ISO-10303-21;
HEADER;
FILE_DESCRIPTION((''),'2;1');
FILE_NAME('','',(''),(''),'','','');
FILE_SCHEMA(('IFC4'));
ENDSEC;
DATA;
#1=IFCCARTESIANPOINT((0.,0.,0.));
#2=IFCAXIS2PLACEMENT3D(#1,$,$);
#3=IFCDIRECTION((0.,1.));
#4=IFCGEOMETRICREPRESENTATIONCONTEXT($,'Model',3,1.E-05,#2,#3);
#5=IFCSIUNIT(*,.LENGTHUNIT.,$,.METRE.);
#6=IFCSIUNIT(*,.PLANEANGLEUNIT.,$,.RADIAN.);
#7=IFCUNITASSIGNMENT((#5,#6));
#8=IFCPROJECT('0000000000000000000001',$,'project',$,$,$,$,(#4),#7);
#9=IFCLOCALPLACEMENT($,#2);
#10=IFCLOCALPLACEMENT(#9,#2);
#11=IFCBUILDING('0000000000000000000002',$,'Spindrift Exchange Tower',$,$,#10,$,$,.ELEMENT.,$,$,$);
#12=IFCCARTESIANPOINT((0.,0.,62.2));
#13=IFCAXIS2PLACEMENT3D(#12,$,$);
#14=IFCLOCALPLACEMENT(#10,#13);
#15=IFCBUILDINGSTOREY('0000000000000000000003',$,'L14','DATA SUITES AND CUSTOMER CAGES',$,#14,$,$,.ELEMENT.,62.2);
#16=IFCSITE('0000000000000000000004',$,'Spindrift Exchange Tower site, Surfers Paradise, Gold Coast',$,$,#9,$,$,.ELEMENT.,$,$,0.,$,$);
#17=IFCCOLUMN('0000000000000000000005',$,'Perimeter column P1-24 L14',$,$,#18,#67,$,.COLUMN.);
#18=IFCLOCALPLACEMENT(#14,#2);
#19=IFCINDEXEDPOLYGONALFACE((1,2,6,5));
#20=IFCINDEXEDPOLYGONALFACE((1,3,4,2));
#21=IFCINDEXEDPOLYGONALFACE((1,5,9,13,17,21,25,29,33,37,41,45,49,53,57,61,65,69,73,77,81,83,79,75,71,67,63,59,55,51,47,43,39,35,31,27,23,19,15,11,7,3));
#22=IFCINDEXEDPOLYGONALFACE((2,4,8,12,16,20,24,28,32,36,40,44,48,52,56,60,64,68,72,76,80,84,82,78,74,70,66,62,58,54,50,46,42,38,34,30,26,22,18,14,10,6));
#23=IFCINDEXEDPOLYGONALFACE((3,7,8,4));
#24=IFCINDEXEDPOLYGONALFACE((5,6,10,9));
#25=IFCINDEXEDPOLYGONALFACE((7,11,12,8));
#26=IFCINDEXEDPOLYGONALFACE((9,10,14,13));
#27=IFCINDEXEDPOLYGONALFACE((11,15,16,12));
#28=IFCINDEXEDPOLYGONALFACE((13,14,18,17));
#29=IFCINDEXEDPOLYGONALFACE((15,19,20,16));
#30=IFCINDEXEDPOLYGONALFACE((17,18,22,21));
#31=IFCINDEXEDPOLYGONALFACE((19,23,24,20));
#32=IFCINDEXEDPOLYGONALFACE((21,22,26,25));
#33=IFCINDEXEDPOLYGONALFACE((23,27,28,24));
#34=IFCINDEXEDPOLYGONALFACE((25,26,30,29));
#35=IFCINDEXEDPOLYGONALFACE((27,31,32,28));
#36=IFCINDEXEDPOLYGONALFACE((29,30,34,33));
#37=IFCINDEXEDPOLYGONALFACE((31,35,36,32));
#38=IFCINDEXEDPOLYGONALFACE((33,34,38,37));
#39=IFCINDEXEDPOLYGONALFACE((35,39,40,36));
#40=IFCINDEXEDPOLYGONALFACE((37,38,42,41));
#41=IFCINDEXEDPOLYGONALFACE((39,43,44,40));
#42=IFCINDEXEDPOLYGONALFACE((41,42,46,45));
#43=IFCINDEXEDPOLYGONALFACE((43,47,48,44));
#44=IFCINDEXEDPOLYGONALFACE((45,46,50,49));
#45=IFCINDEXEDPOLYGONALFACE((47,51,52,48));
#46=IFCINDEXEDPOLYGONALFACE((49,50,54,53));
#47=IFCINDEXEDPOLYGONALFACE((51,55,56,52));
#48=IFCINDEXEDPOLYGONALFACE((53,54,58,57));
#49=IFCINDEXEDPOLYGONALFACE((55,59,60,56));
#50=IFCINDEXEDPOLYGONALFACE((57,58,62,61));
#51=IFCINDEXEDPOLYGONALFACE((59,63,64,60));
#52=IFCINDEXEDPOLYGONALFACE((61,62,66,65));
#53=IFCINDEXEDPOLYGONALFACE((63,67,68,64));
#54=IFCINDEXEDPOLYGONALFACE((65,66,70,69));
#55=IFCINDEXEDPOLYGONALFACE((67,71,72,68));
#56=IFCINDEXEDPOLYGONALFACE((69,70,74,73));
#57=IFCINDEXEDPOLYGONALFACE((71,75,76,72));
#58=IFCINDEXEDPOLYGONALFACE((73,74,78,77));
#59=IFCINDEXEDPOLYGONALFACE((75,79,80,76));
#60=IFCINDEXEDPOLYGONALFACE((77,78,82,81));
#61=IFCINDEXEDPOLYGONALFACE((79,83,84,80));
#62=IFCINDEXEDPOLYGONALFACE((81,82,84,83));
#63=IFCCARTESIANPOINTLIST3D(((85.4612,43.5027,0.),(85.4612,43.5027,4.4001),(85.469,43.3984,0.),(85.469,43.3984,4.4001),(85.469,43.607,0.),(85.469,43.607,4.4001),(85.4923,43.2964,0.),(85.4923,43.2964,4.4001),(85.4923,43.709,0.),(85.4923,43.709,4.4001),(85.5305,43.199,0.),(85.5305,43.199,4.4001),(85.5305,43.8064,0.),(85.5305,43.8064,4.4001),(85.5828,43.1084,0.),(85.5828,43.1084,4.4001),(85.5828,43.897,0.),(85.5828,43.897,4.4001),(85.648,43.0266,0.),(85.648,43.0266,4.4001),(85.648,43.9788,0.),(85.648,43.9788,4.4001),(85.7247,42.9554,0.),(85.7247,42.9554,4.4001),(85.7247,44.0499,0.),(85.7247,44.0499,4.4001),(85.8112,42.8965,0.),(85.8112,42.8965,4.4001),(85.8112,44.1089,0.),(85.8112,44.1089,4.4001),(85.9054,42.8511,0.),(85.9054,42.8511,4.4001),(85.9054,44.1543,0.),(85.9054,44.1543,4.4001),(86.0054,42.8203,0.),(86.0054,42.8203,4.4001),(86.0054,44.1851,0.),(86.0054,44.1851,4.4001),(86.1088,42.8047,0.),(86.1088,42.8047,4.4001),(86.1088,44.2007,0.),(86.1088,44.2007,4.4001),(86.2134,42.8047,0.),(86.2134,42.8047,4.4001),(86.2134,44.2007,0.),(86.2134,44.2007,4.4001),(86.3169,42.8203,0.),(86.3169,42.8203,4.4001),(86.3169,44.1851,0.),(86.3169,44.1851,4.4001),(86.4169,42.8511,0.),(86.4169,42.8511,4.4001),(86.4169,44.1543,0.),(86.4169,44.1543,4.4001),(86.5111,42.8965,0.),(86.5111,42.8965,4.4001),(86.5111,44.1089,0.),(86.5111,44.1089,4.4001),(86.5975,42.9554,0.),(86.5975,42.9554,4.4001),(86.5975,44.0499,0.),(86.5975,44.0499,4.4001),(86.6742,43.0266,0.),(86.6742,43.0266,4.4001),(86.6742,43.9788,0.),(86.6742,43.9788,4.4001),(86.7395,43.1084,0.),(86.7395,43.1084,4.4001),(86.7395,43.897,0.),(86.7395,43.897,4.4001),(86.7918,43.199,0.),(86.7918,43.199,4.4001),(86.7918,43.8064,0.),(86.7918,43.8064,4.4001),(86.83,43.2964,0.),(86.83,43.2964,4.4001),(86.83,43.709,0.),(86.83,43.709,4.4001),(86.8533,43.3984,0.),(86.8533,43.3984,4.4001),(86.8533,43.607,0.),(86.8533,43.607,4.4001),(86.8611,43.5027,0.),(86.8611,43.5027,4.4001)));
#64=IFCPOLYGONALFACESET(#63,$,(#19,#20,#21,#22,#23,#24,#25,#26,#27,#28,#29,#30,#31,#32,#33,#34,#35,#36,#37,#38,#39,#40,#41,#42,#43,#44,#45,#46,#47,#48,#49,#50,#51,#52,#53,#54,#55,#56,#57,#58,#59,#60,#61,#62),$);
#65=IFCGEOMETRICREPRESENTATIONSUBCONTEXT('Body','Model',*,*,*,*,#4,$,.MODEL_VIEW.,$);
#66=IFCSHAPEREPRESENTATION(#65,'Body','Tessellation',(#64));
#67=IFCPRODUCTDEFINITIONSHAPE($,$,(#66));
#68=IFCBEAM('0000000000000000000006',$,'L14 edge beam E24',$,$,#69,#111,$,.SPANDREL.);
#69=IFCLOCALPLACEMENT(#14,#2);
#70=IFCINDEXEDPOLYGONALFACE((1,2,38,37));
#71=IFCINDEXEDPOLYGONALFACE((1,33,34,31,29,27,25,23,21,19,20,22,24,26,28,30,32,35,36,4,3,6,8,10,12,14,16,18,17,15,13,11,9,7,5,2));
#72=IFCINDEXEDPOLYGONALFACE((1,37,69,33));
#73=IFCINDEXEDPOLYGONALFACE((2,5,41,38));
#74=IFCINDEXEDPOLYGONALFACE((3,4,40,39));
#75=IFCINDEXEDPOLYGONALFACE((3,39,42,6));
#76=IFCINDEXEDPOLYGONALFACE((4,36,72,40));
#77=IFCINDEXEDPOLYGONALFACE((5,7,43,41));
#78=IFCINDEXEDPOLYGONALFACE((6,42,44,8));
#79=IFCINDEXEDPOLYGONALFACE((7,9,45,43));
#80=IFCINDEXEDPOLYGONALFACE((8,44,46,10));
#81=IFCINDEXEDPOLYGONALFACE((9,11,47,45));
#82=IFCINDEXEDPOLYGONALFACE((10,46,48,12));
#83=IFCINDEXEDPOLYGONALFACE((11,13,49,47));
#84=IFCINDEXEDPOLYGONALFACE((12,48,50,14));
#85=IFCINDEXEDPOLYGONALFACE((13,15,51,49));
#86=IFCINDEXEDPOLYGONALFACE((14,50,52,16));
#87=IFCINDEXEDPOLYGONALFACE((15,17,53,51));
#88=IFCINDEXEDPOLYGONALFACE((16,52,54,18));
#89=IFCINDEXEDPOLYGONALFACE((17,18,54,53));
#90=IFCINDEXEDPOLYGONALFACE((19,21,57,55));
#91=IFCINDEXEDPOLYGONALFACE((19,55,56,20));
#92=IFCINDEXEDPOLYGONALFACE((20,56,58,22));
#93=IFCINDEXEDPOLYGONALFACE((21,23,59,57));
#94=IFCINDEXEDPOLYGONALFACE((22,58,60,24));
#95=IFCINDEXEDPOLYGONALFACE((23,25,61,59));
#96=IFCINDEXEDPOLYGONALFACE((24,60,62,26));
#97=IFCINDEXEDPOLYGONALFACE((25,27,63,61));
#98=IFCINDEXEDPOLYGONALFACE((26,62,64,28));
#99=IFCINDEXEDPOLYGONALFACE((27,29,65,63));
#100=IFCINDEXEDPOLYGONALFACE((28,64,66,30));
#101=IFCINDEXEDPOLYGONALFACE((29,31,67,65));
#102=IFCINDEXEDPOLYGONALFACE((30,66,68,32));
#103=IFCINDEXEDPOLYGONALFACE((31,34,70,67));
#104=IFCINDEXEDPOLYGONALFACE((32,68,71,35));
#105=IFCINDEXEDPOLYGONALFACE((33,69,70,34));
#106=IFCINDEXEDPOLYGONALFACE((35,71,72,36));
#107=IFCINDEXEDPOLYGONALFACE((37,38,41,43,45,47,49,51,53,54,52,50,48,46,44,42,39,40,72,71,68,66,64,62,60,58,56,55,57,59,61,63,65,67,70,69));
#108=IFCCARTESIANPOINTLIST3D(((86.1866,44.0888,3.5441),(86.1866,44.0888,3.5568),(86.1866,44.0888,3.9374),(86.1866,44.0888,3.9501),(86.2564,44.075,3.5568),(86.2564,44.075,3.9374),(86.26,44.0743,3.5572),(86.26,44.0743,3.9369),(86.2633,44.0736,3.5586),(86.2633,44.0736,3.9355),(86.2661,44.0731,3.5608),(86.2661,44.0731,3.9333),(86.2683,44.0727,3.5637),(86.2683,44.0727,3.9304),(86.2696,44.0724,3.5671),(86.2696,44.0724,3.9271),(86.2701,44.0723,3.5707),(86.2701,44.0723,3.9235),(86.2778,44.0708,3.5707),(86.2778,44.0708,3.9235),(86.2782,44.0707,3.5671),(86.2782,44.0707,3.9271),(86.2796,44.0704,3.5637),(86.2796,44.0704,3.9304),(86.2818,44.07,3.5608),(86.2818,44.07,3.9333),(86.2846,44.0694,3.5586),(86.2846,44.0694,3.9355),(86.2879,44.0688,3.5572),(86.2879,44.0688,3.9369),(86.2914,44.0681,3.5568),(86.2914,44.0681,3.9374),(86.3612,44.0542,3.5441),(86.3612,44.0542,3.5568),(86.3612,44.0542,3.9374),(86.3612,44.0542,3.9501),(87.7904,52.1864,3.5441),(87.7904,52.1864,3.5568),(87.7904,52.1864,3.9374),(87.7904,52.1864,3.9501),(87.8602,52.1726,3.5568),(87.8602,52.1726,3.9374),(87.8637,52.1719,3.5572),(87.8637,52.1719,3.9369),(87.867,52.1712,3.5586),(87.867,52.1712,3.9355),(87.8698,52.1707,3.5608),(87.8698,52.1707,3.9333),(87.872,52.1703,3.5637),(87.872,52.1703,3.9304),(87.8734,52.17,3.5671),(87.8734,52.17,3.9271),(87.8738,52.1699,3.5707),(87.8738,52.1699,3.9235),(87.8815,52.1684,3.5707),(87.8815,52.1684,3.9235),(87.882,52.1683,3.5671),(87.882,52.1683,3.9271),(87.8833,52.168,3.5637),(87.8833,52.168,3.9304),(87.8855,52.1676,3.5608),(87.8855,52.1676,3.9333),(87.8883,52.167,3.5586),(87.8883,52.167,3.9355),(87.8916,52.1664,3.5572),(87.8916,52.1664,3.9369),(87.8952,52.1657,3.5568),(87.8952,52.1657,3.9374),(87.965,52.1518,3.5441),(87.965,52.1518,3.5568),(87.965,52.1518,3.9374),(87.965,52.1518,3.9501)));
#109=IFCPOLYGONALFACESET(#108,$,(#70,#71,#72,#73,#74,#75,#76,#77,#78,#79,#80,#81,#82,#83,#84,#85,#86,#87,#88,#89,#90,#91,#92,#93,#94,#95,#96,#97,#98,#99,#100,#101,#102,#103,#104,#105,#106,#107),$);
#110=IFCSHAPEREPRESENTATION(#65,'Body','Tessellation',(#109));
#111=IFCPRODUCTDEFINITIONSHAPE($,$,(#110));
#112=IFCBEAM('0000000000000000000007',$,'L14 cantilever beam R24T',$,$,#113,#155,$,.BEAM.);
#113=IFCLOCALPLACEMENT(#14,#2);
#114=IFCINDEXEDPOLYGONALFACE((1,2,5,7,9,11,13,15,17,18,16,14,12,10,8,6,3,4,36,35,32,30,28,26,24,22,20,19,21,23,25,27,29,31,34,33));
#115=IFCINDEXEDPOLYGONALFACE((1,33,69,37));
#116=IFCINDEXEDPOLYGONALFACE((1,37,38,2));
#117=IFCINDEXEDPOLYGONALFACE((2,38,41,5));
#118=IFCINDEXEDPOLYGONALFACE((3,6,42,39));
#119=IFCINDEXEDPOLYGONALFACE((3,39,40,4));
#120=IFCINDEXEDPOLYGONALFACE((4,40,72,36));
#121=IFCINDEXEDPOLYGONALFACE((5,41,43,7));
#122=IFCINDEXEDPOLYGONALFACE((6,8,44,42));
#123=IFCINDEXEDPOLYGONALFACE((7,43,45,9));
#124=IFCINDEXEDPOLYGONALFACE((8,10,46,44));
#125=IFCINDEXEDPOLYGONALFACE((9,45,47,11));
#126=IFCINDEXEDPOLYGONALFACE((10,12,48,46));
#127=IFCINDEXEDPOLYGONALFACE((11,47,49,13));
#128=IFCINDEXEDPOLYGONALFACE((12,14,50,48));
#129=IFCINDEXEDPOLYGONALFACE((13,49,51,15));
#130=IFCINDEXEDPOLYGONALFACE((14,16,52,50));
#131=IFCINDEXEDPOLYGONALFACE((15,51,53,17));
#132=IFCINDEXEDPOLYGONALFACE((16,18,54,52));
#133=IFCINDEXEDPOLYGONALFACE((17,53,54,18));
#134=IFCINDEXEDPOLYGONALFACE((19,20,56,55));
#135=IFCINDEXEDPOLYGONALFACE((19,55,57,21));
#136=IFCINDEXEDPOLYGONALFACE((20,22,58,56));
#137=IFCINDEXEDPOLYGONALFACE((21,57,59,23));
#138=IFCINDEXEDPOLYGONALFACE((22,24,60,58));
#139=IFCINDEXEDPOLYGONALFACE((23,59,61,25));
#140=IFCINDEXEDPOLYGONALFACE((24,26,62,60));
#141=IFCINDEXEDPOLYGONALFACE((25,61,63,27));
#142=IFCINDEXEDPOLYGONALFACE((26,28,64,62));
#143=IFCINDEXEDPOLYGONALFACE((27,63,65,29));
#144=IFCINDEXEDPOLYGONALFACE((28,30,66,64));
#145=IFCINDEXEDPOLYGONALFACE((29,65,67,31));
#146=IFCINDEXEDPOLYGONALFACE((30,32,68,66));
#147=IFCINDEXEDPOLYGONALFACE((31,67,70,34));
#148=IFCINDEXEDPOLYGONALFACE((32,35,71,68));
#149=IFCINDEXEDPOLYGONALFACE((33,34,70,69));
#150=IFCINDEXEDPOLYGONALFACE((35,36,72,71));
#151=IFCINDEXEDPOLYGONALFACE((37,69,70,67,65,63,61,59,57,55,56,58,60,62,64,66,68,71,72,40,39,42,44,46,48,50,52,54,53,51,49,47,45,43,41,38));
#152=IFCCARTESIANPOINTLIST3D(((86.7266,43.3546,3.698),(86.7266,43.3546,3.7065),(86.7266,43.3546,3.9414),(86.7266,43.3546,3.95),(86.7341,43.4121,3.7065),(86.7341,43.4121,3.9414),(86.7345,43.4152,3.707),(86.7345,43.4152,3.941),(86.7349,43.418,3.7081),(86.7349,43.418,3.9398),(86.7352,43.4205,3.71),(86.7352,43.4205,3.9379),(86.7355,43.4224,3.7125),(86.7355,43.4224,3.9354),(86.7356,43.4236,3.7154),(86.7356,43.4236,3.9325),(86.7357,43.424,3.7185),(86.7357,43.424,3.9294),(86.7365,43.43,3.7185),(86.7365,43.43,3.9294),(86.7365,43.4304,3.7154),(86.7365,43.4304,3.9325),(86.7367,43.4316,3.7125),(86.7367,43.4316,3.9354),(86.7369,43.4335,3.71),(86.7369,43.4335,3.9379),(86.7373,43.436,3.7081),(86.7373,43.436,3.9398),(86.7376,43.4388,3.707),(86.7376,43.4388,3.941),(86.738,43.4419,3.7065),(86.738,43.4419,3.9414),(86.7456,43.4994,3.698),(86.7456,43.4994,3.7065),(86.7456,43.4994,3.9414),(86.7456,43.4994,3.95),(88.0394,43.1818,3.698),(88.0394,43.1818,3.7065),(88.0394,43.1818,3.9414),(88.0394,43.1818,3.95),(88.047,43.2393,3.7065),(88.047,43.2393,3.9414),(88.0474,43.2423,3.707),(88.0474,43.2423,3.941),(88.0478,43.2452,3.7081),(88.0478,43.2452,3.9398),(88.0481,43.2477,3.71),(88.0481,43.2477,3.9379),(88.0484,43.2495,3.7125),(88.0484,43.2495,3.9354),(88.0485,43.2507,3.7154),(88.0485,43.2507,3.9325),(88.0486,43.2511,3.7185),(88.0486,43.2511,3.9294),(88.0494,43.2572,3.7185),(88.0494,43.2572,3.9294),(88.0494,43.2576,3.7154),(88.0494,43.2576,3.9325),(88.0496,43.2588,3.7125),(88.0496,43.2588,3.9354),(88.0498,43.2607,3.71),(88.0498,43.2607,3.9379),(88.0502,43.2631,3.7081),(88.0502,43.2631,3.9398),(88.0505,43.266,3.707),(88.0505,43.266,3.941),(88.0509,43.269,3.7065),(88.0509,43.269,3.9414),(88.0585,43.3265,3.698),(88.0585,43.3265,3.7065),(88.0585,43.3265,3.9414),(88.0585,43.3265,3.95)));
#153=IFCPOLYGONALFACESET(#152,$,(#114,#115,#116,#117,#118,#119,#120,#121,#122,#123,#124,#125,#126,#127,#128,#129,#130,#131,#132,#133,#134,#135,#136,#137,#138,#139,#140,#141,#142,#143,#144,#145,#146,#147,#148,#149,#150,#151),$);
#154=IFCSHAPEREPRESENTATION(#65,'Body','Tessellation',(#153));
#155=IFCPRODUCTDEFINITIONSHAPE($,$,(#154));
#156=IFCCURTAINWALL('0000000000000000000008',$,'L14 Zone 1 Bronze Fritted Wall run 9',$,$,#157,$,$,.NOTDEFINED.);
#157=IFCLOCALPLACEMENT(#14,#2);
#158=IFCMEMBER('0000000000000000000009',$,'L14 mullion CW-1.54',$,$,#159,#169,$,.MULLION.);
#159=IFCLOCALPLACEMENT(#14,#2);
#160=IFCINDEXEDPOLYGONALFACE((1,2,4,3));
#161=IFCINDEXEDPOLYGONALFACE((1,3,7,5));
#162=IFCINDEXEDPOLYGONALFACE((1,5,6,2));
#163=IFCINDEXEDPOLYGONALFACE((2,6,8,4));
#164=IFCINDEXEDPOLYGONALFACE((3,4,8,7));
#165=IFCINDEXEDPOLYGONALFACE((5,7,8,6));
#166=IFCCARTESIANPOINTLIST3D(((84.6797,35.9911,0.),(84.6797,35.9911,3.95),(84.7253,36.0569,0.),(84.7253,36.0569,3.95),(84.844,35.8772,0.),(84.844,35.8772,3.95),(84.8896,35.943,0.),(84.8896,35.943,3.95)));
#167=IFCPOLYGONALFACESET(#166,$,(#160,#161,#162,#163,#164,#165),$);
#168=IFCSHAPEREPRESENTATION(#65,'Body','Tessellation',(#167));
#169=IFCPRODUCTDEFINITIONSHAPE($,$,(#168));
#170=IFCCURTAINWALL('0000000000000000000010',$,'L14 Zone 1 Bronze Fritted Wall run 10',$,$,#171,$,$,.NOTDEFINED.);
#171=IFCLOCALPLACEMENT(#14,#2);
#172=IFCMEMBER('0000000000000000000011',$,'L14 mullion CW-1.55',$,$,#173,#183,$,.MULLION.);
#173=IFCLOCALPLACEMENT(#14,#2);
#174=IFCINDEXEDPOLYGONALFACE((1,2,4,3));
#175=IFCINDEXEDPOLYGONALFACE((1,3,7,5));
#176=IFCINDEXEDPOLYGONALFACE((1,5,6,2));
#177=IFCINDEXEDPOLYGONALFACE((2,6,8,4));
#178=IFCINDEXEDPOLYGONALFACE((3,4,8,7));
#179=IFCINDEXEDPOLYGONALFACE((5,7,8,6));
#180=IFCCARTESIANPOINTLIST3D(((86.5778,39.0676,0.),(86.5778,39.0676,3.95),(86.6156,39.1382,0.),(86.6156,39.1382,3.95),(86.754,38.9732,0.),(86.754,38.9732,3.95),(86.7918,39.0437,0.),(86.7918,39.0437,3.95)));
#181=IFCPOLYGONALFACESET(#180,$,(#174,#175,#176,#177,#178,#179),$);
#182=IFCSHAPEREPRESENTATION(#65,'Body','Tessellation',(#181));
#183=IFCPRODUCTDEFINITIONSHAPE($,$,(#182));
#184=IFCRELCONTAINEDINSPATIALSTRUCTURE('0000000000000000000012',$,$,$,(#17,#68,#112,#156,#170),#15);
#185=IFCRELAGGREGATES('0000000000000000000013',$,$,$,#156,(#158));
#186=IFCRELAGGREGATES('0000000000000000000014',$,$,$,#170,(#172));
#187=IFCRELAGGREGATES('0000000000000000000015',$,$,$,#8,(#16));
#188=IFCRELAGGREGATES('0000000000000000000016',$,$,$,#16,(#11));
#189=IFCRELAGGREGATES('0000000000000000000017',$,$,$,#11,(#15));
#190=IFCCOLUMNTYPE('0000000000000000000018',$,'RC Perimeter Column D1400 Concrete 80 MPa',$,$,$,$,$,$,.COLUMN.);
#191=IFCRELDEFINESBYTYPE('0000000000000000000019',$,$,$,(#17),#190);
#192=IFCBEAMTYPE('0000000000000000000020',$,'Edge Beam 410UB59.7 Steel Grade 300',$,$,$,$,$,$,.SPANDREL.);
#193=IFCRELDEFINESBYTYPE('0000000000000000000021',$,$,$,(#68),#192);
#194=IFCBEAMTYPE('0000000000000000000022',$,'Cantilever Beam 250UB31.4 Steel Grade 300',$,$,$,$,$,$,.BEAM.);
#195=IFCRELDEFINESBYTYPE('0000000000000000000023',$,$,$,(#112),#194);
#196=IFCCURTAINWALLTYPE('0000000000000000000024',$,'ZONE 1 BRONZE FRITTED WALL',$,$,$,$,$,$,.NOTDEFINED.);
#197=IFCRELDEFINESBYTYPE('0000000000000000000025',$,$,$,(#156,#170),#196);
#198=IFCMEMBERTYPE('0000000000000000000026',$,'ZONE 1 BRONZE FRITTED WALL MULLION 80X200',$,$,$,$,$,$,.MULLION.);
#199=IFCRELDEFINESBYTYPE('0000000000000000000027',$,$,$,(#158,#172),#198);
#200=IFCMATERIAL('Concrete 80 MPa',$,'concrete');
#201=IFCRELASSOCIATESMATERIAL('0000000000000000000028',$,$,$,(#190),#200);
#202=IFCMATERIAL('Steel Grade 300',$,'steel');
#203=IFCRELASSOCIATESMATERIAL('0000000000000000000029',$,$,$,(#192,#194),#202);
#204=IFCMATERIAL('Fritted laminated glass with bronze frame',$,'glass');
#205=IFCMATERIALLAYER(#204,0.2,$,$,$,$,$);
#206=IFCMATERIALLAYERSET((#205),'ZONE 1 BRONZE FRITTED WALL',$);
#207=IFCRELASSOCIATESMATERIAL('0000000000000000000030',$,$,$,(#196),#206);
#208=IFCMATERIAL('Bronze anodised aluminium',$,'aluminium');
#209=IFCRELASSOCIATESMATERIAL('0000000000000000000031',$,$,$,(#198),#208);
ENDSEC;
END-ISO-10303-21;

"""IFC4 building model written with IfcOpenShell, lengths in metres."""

from ifc_helpers import new_model, si_unit, direction, frame, origin, origin_2d, place, context, subcontext, project, spatial, rectangle, circle, i_section, extrude, source, transform, mapped, material, layer, layer_set, material_profile, profile_set, type_object, element, aggregate, save


model = new_model("IFC4")

# Units and contexts
model_context = context("Model", 3, precision=1e-05, world=origin(), true_north=direction((0.0, 1.0)))
body_context = subcontext(model_context, "Body", "Model", "MODEL_VIEW")
ifc_project = project(units=[si_unit("LENGTHUNIT", "METRE"), si_unit("PLANEANGLEUNIT", "RADIAN")], contexts=[model_context])

# Site, building, storey
site_placement = place(None, origin())
site = spatial("IfcSite", under=ifc_project, at=site_placement, Name="Spindrift Exchange Tower site, Surfers Paradise, Gold Coast", CompositionType="ELEMENT", RefElevation=0.0)
building_placement = place(site_placement, origin())
building = spatial("IfcBuilding", under=site, at=building_placement, Name="Spindrift Exchange Tower", CompositionType="ELEMENT")
storey_placement = place(building_placement, frame((0.0, 0.0, 62.2)))
storey = spatial("IfcBuildingStorey", under=building, at=storey_placement, Name="L14", Description="DATA SUITES AND CUSTOMER CAGES", CompositionType="ELEMENT", Elevation=62.2)

# Column
ifc_material_1 = material(Name="Concrete 80 MPa", Category="concrete")
ifc_material_profile_1 = material_profile(ifc_material_1, circle(Radius=0.7, at=origin_2d()), Name="RC D1400")
ifc_profile_set_1 = profile_set([ifc_material_profile_1], Name="Concrete 80 MPa")
column_type = type_object("IfcColumnType", Name="RC Perimeter Column D1400 Concrete 80 MPa", PredefinedType="COLUMN", material=ifc_profile_set_1)
shared_shape_1 = source(origin(), body_context, "Body", "SweptSolid", [
    extrude(circle(Radius=0.7, at=origin_2d()), origin(), (0.0, 0.0, 1.0), 4.4001),
])
column_placement = place(storey_placement, frame((86.1611, 43.5027, 0.0), z_axis=(0.0, 0.0, 1.0), x_axis=(1.0, 0.0, 0.0)))
element("IfcColumn", 1, at=column_placement, inside=storey, type_object=column_type, Name="Perimeter column P1-24 L14", PredefinedType="COLUMN", context=body_context, shape_type="MappedRepresentation", body=[
    mapped(shared_shape_1, transform((0.0, 0.0, 0.0), scale=1.0)),
])

# Beams
ifc_material_2 = material(Name="Steel Grade 300", Category="steel")
ifc_material_profile_2 = material_profile(ifc_material_2, i_section(OverallWidth=0.178, OverallDepth=0.406, WebThickness=0.0078, FlangeThickness=0.0127, FilletRadius=0.0139, at=origin_2d()), Name="410UB59.7")
ifc_profile_set_2 = profile_set([ifc_material_profile_2], Name="Steel Grade 300")
beam_type_1 = type_object("IfcBeamType", Name="Edge Beam 410UB59.7 Steel Grade 300", PredefinedType="SPANDREL", material=ifc_profile_set_2)
shared_shape_2 = source(origin(), body_context, "Body", "SweptSolid", [
    extrude(i_section(OverallWidth=0.178, OverallDepth=0.406, WebThickness=0.0078, FlangeThickness=0.0127, FilletRadius=0.0139, at=origin_2d()), origin(), (0.0, 0.0, 1.0), 8.2549),
])
beam_1_placement = place(storey_placement, frame((86.2739, 44.0715, 3.7471), z_axis=(0.194279, 0.980946, 0.0), x_axis=(-0.980946, 0.194279, 0.0)))
element("IfcBeam", 2, at=beam_1_placement, inside=storey, type_object=beam_type_1, Name="L14 edge beam E24", PredefinedType="SPANDREL", context=body_context, shape_type="MappedRepresentation", body=[
    mapped(shared_shape_2, transform((0.0, 0.0, 0.0), scale=1.0)),
])
ifc_material_profile_3 = material_profile(ifc_material_2, i_section(OverallWidth=0.146, OverallDepth=0.252, WebThickness=0.0061, FlangeThickness=0.0085, FilletRadius=0.012, at=origin_2d()), Name="250UB31.4")
ifc_profile_set_3 = profile_set([ifc_material_profile_3], Name="Steel Grade 300")
beam_type_2 = type_object("IfcBeamType", Name="Cantilever Beam 250UB31.4 Steel Grade 300", PredefinedType="BEAM", material=ifc_profile_set_3)
shared_shape_3 = source(origin(), body_context, "Body", "SweptSolid", [
    extrude(i_section(OverallWidth=0.146, OverallDepth=0.252, WebThickness=0.0061, FlangeThickness=0.0085, FilletRadius=0.012, at=origin_2d()), origin(), (0.0, 0.0, 1.0), 1.3242),
])
beam_2_placement = place(storey_placement, frame((86.7361, 43.427, 3.824), z_axis=(0.991446, -0.130521, 0.0), x_axis=(0.130521, 0.991446, 0.0)))
element("IfcBeam", 3, at=beam_2_placement, inside=storey, type_object=beam_type_2, Name="L14 cantilever beam R24T", PredefinedType="BEAM", context=body_context, shape_type="MappedRepresentation", body=[
    mapped(shared_shape_3, transform((0.0, 0.0, 0.0), scale=1.0)),
])

# Curtain wall, member
ifc_material_3 = material(Name="Fritted laminated glass with bronze frame", Category="glass")
ifc_layer_1 = layer(ifc_material_3, 0.2)
ifc_layer_set_1 = layer_set([ifc_layer_1], Name="ZONE 1 BRONZE FRITTED WALL")
curtain_wall_type = type_object("IfcCurtainWallType", Name="ZONE 1 BRONZE FRITTED WALL", PredefinedType="NOTDEFINED", material=ifc_layer_set_1)
curtain_wall_1_placement = place(storey_placement, origin())
curtain_wall_1 = element("IfcCurtainWall", 4, at=curtain_wall_1_placement, inside=storey, type_object=curtain_wall_type, Name="L14 Zone 1 Bronze Fritted Wall run 9", PredefinedType="NOTDEFINED")
ifc_material_4 = material(Name="Bronze anodised aluminium", Category="aluminium")
ifc_material_profile_4 = material_profile(ifc_material_4, rectangle(XDim=0.0801, YDim=0.2, at=origin_2d()), Name="ZONE 1 BRONZE FRITTED WALL MULLION 80X200")
ifc_profile_set_4 = profile_set([ifc_material_profile_4], Name="Bronze anodised aluminium")
member_type_1 = type_object("IfcMemberType", Name="ZONE 1 BRONZE FRITTED WALL MULLION 80X200", PredefinedType="MULLION", material=ifc_profile_set_4)
shared_shape_4 = source(origin(), body_context, "Body", "SweptSolid", [
    extrude(rectangle(XDim=0.0801, YDim=0.2, at=origin_2d()), origin(), (0.0, 0.0, 1.0), 3.95),
])
member_1_placement = place(storey_placement, frame((84.7847, 35.967, 0.0), z_axis=(0.0, 0.0, 1.0), x_axis=(0.569794, 0.821787, 0.0)))
member_1 = element("IfcMember", 5, at=member_1_placement, type_object=member_type_1, Name="L14 mullion CW-1.54", PredefinedType="MULLION", context=body_context, shape_type="MappedRepresentation", body=[
    mapped(shared_shape_4, transform((0.0, 0.0, 0.0), scale=1.0)),
])

# Curtain wall, member
curtain_wall_2_placement = place(storey_placement, origin())
curtain_wall_2 = element("IfcCurtainWall", 6, at=curtain_wall_2_placement, inside=storey, type_object=curtain_wall_type, Name="L14 Zone 1 Bronze Fritted Wall run 10", PredefinedType="NOTDEFINED")
member_2_placement = place(storey_placement, frame((86.6848, 39.0557, 0.0), z_axis=(0.0, 0.0, 1.0), x_axis=(0.472283, 0.881447, 0.0)))
member_2 = element("IfcMember", 7, at=member_2_placement, type_object=member_type_1, Name="L14 mullion CW-1.55", PredefinedType="MULLION", context=body_context, shape_type="MappedRepresentation", body=[
    mapped(shared_shape_4, transform((0.0, 0.0, 0.0), scale=1.0)),
])

aggregate(curtain_wall_1, [member_1])
aggregate(curtain_wall_2, [member_2])

save(model, "model.ifc")
